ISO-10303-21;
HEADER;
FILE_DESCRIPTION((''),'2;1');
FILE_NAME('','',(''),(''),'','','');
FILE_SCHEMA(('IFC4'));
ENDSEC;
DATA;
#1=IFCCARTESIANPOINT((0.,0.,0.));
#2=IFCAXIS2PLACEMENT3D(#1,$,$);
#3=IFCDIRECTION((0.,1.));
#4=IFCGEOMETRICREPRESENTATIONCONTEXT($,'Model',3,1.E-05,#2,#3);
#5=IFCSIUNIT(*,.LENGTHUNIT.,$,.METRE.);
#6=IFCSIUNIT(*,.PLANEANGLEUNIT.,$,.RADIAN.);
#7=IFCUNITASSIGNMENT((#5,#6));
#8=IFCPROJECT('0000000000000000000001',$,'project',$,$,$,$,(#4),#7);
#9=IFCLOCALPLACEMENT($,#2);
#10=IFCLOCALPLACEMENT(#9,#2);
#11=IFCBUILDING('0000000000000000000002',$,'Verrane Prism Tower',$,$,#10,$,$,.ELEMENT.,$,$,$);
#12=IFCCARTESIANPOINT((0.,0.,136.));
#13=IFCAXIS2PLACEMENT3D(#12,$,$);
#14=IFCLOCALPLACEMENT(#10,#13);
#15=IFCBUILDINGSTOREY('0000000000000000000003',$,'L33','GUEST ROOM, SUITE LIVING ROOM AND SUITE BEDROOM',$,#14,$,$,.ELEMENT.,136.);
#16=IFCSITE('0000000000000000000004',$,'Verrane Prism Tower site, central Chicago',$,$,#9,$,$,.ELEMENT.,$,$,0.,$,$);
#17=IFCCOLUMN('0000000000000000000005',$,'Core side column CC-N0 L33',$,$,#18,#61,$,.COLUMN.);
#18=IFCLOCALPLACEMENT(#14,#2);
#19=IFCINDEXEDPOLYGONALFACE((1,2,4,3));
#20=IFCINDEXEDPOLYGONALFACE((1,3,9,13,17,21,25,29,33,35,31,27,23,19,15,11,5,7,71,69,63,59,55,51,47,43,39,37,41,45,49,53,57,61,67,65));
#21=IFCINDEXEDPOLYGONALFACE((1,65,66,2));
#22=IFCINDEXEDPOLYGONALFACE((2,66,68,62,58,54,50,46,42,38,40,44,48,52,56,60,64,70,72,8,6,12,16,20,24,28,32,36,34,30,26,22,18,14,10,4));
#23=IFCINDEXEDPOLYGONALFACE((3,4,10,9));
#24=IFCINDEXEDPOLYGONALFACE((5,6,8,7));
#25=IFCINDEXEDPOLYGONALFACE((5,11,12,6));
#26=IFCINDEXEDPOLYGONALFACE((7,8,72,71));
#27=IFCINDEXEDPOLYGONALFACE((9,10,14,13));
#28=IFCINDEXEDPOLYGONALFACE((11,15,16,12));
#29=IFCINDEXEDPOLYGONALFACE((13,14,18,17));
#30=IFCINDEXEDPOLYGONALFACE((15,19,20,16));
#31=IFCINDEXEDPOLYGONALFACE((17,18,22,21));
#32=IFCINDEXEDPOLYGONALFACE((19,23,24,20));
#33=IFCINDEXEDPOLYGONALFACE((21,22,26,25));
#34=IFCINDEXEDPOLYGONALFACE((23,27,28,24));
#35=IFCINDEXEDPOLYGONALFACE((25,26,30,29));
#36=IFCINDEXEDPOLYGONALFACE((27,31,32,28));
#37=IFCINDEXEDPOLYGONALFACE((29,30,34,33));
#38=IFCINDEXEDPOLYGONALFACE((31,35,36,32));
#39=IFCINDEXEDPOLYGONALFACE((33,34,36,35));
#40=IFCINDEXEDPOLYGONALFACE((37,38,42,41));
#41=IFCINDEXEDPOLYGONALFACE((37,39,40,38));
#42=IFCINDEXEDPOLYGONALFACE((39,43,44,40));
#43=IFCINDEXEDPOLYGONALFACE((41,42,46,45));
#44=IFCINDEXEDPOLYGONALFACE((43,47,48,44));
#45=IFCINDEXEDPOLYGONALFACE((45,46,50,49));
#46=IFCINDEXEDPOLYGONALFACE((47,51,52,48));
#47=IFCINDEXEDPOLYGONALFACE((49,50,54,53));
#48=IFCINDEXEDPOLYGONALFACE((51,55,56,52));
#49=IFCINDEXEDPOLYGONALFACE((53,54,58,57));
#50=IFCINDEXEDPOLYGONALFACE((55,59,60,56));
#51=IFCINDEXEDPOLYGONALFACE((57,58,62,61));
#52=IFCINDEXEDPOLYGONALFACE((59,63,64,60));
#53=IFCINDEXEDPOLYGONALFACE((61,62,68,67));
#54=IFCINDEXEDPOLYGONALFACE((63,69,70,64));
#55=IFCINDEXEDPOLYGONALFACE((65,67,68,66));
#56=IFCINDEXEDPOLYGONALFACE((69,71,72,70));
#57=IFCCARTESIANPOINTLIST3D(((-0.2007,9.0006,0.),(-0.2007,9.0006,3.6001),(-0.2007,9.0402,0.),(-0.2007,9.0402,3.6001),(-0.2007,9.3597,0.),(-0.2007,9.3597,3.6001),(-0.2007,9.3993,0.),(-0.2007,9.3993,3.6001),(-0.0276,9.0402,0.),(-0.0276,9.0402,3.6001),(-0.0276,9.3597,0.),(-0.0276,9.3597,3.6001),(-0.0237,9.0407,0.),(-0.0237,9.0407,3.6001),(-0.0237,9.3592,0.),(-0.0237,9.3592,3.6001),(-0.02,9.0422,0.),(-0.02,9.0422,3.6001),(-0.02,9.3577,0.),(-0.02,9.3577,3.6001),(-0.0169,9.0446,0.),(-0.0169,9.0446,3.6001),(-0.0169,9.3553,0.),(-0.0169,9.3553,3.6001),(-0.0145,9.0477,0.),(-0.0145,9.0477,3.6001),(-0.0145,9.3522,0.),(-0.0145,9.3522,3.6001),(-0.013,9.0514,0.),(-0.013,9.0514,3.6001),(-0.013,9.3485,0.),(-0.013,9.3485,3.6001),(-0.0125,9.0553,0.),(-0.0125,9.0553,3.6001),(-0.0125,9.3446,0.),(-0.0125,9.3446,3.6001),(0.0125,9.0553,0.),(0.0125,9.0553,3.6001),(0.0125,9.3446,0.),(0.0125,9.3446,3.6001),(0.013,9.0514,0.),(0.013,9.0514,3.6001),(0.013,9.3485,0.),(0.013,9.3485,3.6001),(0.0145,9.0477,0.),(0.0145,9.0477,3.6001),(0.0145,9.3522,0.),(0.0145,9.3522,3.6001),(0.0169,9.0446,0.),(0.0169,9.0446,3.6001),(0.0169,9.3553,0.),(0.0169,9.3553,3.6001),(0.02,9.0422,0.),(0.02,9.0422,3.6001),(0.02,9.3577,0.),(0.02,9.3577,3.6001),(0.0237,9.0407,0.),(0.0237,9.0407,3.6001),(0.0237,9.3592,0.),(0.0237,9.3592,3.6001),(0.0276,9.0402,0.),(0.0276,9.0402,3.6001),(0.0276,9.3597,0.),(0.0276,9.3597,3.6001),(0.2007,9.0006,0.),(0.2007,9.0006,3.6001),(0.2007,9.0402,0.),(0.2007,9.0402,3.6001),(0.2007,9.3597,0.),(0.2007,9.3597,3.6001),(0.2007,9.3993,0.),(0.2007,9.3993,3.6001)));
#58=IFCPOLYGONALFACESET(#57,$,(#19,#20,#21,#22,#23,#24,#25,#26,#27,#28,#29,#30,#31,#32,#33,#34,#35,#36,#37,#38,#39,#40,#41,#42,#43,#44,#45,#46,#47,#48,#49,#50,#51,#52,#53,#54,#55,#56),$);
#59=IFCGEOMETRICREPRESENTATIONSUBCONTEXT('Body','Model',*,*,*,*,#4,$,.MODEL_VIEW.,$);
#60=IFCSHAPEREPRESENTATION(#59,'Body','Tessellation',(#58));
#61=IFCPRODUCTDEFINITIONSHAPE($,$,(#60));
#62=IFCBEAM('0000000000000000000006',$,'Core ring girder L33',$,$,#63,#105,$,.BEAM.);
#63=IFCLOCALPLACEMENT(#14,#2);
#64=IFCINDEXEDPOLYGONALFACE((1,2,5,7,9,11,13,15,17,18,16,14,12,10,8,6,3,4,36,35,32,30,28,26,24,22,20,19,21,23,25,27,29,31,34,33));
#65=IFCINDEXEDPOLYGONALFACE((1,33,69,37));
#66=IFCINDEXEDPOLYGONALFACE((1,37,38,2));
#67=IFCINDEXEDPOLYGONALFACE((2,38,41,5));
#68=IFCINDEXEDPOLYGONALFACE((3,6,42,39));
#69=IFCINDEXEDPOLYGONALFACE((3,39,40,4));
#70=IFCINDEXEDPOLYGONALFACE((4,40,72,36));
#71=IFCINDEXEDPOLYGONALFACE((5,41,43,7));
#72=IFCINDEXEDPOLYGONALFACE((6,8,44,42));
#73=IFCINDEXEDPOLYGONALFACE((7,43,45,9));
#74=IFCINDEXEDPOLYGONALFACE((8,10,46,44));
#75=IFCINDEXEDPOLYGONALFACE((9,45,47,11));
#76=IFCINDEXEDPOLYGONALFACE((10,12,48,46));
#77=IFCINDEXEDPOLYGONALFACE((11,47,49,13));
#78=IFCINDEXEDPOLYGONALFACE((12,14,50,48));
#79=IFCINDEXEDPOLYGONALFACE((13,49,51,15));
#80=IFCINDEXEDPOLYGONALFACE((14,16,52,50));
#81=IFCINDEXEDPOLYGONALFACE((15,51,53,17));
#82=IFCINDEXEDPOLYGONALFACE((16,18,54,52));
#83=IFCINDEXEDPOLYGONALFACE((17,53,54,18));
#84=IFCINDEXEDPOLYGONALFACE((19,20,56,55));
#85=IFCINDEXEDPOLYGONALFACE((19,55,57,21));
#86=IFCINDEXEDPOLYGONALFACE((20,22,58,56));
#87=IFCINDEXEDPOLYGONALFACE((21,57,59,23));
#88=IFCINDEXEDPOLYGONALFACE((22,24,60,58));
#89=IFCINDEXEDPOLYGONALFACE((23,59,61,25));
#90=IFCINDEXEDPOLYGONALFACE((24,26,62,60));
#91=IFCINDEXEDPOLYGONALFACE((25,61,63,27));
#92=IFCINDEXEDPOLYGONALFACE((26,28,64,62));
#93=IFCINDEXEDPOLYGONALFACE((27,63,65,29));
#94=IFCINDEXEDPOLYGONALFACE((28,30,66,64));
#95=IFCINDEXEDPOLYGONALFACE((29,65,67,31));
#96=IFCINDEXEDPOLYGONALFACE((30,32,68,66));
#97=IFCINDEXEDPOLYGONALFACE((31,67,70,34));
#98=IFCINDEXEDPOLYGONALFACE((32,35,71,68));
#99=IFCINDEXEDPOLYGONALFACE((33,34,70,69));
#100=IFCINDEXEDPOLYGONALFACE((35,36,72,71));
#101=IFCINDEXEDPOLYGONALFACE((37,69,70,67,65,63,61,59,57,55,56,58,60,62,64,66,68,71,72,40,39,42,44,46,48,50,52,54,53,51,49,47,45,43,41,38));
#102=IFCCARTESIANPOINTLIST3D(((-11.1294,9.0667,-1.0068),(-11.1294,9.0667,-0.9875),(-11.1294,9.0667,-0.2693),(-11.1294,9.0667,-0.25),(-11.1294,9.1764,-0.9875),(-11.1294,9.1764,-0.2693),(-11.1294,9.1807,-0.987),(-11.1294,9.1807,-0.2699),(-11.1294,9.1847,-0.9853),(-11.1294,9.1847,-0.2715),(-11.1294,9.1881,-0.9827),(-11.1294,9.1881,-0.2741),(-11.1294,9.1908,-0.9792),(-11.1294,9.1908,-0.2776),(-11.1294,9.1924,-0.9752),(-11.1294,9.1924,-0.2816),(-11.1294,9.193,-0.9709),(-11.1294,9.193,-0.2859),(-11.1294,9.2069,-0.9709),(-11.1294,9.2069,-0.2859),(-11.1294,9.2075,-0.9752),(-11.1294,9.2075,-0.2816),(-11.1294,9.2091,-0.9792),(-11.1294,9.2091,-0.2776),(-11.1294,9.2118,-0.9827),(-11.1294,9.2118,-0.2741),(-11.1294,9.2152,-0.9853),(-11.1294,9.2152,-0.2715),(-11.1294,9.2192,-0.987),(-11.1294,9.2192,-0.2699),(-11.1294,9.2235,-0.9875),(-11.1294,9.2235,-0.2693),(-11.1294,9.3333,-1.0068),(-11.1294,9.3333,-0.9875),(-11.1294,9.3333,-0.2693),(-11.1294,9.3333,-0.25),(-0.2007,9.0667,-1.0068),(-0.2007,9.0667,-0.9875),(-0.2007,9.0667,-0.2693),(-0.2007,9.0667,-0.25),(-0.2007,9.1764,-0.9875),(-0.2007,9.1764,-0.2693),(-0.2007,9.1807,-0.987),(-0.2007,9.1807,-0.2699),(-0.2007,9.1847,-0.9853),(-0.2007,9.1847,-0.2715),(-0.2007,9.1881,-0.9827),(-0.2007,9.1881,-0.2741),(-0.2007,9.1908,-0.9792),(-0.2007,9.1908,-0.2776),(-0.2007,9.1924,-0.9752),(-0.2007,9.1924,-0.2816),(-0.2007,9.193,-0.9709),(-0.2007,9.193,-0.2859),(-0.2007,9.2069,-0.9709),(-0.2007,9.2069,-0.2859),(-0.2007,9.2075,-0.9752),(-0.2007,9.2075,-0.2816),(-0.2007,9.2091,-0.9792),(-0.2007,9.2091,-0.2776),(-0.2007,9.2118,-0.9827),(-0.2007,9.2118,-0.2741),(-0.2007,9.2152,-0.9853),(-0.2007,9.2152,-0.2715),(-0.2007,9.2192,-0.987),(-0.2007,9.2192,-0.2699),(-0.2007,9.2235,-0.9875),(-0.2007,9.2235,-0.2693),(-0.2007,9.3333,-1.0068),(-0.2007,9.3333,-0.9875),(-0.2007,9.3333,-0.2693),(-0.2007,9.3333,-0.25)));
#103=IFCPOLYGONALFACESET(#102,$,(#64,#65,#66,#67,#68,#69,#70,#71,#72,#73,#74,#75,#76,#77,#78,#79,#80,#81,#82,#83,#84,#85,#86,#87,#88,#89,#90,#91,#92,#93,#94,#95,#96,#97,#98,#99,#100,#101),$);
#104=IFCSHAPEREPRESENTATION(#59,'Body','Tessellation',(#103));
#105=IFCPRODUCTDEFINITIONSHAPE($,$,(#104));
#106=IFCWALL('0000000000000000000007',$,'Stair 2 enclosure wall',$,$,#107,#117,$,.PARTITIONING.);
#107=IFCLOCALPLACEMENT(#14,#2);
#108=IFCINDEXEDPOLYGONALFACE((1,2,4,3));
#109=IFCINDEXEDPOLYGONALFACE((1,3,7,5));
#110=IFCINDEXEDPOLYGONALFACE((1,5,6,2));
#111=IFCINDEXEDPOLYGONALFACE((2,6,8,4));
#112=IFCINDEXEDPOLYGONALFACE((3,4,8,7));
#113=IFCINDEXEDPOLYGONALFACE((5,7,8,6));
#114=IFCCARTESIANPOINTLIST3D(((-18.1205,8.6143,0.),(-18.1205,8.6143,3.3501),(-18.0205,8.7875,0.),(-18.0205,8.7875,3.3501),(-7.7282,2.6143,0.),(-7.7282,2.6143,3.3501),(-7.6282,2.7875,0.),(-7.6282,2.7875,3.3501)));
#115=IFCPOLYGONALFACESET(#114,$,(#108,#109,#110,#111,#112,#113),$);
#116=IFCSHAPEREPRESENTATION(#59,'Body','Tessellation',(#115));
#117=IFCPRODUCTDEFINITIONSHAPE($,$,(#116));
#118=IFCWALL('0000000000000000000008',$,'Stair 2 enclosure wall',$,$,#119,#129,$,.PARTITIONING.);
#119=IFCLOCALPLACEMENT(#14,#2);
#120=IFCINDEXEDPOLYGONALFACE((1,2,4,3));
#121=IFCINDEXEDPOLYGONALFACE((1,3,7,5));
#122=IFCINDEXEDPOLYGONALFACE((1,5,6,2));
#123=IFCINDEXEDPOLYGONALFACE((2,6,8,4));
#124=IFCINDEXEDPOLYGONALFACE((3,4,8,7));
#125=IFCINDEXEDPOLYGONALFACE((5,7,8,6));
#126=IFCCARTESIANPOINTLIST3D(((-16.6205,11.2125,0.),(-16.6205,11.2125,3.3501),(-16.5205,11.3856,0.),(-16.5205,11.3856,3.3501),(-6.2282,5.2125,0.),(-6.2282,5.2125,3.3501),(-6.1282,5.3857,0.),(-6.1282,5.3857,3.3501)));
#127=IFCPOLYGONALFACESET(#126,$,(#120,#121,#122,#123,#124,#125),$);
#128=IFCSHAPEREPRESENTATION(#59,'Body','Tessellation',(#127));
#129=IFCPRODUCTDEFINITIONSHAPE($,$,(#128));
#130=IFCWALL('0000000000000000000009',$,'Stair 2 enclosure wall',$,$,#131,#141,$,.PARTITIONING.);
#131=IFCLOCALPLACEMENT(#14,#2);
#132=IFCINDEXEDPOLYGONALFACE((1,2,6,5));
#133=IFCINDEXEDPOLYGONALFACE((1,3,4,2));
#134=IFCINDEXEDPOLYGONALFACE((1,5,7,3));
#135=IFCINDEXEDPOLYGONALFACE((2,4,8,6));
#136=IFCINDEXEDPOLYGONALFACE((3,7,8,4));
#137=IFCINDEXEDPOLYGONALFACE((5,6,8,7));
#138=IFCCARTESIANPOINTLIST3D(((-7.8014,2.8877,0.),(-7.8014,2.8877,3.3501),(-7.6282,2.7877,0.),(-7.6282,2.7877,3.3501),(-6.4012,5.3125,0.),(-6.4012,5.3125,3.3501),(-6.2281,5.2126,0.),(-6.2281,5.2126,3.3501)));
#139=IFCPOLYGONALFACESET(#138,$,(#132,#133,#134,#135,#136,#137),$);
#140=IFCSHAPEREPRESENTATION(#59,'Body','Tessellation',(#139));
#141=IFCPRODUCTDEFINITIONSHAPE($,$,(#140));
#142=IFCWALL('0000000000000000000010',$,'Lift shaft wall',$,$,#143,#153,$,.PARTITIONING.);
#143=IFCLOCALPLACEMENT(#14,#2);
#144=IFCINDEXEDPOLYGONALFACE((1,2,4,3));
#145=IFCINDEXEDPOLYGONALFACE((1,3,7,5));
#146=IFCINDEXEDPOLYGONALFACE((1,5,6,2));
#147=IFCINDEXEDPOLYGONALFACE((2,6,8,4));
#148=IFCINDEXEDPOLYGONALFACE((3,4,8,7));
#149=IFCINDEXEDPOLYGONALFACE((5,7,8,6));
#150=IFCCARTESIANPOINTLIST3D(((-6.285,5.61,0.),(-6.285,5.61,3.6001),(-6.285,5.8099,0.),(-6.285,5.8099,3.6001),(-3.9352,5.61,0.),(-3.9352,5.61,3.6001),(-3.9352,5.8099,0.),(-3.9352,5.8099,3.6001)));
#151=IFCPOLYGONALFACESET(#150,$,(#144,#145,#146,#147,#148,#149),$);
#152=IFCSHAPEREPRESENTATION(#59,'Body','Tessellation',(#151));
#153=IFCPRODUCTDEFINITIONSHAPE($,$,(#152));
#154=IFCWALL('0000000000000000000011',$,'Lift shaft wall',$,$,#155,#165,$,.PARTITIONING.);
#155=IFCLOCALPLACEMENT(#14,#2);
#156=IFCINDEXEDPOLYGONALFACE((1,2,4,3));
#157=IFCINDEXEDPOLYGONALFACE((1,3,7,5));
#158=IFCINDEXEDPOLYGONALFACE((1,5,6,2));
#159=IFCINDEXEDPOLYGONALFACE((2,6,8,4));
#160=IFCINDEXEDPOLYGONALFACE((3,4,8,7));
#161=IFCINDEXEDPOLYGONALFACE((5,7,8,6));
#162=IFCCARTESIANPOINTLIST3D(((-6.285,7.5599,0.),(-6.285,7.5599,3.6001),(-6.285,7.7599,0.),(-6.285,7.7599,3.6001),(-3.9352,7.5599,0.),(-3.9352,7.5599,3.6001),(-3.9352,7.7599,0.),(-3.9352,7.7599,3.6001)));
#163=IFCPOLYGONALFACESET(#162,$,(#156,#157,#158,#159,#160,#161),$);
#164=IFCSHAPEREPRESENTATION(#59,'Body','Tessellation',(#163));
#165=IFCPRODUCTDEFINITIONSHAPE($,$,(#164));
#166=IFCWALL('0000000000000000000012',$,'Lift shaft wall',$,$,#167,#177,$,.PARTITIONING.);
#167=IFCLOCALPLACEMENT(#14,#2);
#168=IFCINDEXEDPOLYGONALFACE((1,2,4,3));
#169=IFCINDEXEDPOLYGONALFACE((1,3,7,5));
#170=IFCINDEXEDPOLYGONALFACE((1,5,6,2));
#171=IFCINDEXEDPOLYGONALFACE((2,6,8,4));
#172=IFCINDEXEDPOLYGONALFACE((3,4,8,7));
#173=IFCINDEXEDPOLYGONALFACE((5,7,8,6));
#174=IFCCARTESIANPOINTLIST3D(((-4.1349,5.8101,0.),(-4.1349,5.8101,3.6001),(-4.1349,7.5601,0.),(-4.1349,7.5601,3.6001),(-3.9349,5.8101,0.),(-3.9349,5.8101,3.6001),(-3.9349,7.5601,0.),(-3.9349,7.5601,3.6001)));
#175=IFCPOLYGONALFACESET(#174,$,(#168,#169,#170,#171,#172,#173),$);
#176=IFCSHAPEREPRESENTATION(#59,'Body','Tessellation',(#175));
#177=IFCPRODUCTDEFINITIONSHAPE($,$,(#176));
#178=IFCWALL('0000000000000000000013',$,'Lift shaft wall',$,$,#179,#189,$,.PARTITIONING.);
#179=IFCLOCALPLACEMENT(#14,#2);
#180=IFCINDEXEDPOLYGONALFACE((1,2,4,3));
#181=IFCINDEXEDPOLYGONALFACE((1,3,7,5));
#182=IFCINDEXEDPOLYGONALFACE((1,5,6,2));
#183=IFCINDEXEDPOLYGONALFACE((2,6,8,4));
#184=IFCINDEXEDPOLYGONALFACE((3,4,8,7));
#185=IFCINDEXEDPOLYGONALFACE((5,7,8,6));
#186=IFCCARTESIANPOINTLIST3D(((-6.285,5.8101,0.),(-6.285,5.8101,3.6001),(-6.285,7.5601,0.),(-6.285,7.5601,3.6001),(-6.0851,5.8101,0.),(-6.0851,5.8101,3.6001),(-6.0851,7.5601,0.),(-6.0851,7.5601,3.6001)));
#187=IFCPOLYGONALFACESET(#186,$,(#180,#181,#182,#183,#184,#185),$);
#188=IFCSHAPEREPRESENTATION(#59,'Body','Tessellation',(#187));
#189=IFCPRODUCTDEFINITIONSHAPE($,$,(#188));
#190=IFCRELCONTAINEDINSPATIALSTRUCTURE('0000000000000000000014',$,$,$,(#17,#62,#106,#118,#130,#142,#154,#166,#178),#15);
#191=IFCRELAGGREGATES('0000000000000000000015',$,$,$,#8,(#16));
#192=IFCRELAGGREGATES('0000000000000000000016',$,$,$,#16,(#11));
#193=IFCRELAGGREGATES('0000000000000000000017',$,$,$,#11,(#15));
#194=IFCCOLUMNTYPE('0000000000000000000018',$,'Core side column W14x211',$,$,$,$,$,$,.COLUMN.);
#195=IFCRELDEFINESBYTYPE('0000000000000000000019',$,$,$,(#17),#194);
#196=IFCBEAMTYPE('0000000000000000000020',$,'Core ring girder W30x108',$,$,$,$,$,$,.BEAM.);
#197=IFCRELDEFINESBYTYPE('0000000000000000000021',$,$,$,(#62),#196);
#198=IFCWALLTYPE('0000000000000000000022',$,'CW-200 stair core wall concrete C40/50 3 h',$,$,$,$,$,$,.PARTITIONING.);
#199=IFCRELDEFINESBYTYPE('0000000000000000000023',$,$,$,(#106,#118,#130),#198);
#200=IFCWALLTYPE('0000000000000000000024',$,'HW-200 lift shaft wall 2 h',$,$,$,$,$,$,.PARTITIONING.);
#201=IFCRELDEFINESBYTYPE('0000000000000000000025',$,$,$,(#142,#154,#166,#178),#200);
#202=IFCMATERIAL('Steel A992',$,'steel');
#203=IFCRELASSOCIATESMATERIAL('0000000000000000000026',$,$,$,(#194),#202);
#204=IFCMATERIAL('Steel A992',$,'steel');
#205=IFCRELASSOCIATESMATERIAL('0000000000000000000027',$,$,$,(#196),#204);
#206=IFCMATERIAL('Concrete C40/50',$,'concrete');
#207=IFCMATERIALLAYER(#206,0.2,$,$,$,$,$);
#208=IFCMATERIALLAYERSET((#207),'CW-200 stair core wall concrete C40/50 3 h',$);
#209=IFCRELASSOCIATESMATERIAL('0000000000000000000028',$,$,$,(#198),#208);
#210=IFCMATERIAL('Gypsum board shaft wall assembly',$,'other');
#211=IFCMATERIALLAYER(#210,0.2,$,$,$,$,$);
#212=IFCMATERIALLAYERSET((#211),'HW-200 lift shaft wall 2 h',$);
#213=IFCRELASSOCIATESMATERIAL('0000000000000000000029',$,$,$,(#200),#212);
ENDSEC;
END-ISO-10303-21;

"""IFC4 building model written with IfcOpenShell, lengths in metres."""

from ifc_helpers import new_model, si_unit, direction, frame, frame_2d, origin, origin_2d, place, context, subcontext, project, spatial, rectangle, i_section, extrude, material, layer, layer_set, material_profile, profile_set, type_object, element, save


model = new_model("IFC4")

# Units and contexts
model_context = context("Model", 3, precision=1e-05, world=origin(), true_north=direction((0.0, 1.0)))
body_context = subcontext(model_context, "Body", "Model", "MODEL_VIEW")
ifc_project = project(units=[si_unit("LENGTHUNIT", "METRE"), si_unit("PLANEANGLEUNIT", "RADIAN")], contexts=[model_context])

# Site, building, storey
site_placement = place(None, origin())
site = spatial("IfcSite", under=ifc_project, at=site_placement, Name="Verrane Prism Tower site, central Chicago", CompositionType="ELEMENT", RefElevation=0.0)
building_placement = place(site_placement, origin())
building = spatial("IfcBuilding", under=site, at=building_placement, Name="Verrane Prism Tower", CompositionType="ELEMENT")
storey_placement = place(building_placement, frame((0.0, 0.0, 136.0)))
storey = spatial("IfcBuildingStorey", under=building, at=storey_placement, Name="L33", Description="GUEST ROOM, SUITE LIVING ROOM AND SUITE BEDROOM", CompositionType="ELEMENT", Elevation=136.0)

# Column
ifc_material_1 = material(Name="Steel A992", Category="steel")
ifc_material_profile_1 = material_profile(ifc_material_1, i_section(OverallWidth=0.4014, OverallDepth=0.3987, WebThickness=0.0249, FlangeThickness=0.0396, FilletRadius=0.0151, at=origin_2d()), Name="W14x211")
ifc_profile_set_1 = profile_set([ifc_material_profile_1], Name="Steel A992")
column_type = type_object("IfcColumnType", Name="Core side column W14x211", PredefinedType="COLUMN", material=ifc_profile_set_1)
column_placement = place(storey_placement, frame((0.0, 9.2, 0.0), z_axis=(0.0, 0.0, 1.0), x_axis=(1.0, 0.0, 0.0)))
element("IfcColumn", 1, at=column_placement, inside=storey, type_object=column_type, Name="Core side column CC-N0 L33", PredefinedType="COLUMN", context=body_context, shape_type="SweptSolid", body=[
    extrude(i_section(OverallWidth=0.4014, OverallDepth=0.3987, WebThickness=0.0249, FlangeThickness=0.0396, FilletRadius=0.0151, at=origin_2d()), origin(), (0.0, 0.0, 1.0), 3.6001),
])

# Beam
ifc_material_2 = material(Name="Steel A992", Category="steel")
ifc_material_profile_2 = material_profile(ifc_material_2, i_section(OverallWidth=0.2666, OverallDepth=0.7568, WebThickness=0.0139, FlangeThickness=0.0193, FilletRadius=0.0166, at=origin_2d()), Name="W30x108")
ifc_profile_set_2 = profile_set([ifc_material_profile_2], Name="Steel A992")
beam_type = type_object("IfcBeamType", Name="Core ring girder W30x108", PredefinedType="BEAM", material=ifc_profile_set_2)
beam_placement = place(storey_placement, frame((-0.2007, 9.2, -0.6284), z_axis=(-1.0, 0.0, 0.0), x_axis=(0.0, -1.0, 0.0)))
element("IfcBeam", 2, at=beam_placement, inside=storey, type_object=beam_type, Name="Core ring girder L33", PredefinedType="BEAM", context=body_context, shape_type="SweptSolid", body=[
    extrude(i_section(OverallWidth=0.2666, OverallDepth=0.7568, WebThickness=0.0139, FlangeThickness=0.0193, FilletRadius=0.0166, at=origin_2d()), origin(), (0.0, 0.0, 1.0), 10.9287),
])

# Walls
ifc_material_3 = material(Name="Concrete C40/50", Category="concrete")
ifc_layer_1 = layer(ifc_material_3, 0.2)
ifc_layer_set_1 = layer_set([ifc_layer_1], Name="CW-200 stair core wall concrete C40/50 3 h")
wall_type_1 = type_object("IfcWallType", Name="CW-200 stair core wall concrete C40/50 3 h", PredefinedType="PARTITIONING", material=ifc_layer_set_1)
for number, where, z_axis, x_axis, name in (
    (3, (-7.6782, 2.7009, 0.0), (0.0, 0.0, 1.0), (-0.866026, 0.499999, 0.0), "Stair 2 enclosure wall"),
    (4, (-6.1782, 5.2991, 0.0), (0.0, 0.0, 1.0), (-0.866026, 0.499999, 0.0), "Stair 2 enclosure wall"),
):
    element("IfcWall", number, at=place(storey_placement, frame(where, z_axis=z_axis, x_axis=x_axis)), inside=storey, type_object=wall_type_1, Name=name, PredefinedType="PARTITIONING", context=body_context, shape_type="SweptSolid", body=[
        extrude(rectangle(XDim=12.0, YDim=0.2, at=frame_2d((6.0, 0.0))), origin(), (0.0, 0.0, 1.0), 3.3501),
    ])
wall_1_placement = place(storey_placement, frame((-6.3147, 5.2625, 0.0), z_axis=(0.0, 0.0, 1.0), x_axis=(-0.50005, -0.865997, 0.0)))
element("IfcWall", 5, at=wall_1_placement, inside=storey, type_object=wall_type_1, Name="Stair 2 enclosure wall", PredefinedType="PARTITIONING", context=body_context, shape_type="SweptSolid", body=[
    extrude(rectangle(XDim=2.8, YDim=0.2, at=frame_2d((1.3999, 0.0))), origin(), (0.0, 0.0, 1.0), 3.3501),
])
ifc_material_4 = material(Name="Gypsum board shaft wall assembly", Category="other")
ifc_layer_2 = layer(ifc_material_4, 0.2)
ifc_layer_set_2 = layer_set([ifc_layer_2], Name="HW-200 lift shaft wall 2 h")
wall_type_2 = type_object("IfcWallType", Name="HW-200 lift shaft wall 2 h", PredefinedType="PARTITIONING", material=ifc_layer_set_2)
for number, where, z_axis, x_axis, name in (
    (6, (-6.2849, 5.71, 0.0), (0.0, 0.0, 1.0), (1.0, 0.0, 0.0), "Lift shaft wall"),
    (7, (-6.2849, 7.6599, 0.0), (0.0, 0.0, 1.0), (1.0, 0.0, 0.0), "Lift shaft wall"),
):
    element("IfcWall", number, at=place(storey_placement, frame(where, z_axis=z_axis, x_axis=x_axis)), inside=storey, type_object=wall_type_2, Name=name, PredefinedType="PARTITIONING", context=body_context, shape_type="SweptSolid", body=[
        extrude(rectangle(XDim=2.3499, YDim=0.2, at=frame_2d((1.1748, 0.0))), origin(), (0.0, 0.0, 1.0), 3.6001),
    ])
for number, where, z_axis, x_axis, name in (
    (8, (-4.0349, 5.8101, 0.0), (0.0, 0.0, 1.0), (0.0, 1.0, 0.0), "Lift shaft wall"),
    (9, (-6.1851, 5.8101, 0.0), (0.0, 0.0, 1.0), (0.0, 1.0, 0.0), "Lift shaft wall"),
):
    element("IfcWall", number, at=place(storey_placement, frame(where, z_axis=z_axis, x_axis=x_axis)), inside=storey, type_object=wall_type_2, Name=name, PredefinedType="PARTITIONING", context=body_context, shape_type="SweptSolid", body=[
        extrude(rectangle(XDim=1.75, YDim=0.2, at=frame_2d((0.875, 0.0))), origin(), (0.0, 0.0, 1.0), 3.6001),
    ])

save(model, "model.ifc")
